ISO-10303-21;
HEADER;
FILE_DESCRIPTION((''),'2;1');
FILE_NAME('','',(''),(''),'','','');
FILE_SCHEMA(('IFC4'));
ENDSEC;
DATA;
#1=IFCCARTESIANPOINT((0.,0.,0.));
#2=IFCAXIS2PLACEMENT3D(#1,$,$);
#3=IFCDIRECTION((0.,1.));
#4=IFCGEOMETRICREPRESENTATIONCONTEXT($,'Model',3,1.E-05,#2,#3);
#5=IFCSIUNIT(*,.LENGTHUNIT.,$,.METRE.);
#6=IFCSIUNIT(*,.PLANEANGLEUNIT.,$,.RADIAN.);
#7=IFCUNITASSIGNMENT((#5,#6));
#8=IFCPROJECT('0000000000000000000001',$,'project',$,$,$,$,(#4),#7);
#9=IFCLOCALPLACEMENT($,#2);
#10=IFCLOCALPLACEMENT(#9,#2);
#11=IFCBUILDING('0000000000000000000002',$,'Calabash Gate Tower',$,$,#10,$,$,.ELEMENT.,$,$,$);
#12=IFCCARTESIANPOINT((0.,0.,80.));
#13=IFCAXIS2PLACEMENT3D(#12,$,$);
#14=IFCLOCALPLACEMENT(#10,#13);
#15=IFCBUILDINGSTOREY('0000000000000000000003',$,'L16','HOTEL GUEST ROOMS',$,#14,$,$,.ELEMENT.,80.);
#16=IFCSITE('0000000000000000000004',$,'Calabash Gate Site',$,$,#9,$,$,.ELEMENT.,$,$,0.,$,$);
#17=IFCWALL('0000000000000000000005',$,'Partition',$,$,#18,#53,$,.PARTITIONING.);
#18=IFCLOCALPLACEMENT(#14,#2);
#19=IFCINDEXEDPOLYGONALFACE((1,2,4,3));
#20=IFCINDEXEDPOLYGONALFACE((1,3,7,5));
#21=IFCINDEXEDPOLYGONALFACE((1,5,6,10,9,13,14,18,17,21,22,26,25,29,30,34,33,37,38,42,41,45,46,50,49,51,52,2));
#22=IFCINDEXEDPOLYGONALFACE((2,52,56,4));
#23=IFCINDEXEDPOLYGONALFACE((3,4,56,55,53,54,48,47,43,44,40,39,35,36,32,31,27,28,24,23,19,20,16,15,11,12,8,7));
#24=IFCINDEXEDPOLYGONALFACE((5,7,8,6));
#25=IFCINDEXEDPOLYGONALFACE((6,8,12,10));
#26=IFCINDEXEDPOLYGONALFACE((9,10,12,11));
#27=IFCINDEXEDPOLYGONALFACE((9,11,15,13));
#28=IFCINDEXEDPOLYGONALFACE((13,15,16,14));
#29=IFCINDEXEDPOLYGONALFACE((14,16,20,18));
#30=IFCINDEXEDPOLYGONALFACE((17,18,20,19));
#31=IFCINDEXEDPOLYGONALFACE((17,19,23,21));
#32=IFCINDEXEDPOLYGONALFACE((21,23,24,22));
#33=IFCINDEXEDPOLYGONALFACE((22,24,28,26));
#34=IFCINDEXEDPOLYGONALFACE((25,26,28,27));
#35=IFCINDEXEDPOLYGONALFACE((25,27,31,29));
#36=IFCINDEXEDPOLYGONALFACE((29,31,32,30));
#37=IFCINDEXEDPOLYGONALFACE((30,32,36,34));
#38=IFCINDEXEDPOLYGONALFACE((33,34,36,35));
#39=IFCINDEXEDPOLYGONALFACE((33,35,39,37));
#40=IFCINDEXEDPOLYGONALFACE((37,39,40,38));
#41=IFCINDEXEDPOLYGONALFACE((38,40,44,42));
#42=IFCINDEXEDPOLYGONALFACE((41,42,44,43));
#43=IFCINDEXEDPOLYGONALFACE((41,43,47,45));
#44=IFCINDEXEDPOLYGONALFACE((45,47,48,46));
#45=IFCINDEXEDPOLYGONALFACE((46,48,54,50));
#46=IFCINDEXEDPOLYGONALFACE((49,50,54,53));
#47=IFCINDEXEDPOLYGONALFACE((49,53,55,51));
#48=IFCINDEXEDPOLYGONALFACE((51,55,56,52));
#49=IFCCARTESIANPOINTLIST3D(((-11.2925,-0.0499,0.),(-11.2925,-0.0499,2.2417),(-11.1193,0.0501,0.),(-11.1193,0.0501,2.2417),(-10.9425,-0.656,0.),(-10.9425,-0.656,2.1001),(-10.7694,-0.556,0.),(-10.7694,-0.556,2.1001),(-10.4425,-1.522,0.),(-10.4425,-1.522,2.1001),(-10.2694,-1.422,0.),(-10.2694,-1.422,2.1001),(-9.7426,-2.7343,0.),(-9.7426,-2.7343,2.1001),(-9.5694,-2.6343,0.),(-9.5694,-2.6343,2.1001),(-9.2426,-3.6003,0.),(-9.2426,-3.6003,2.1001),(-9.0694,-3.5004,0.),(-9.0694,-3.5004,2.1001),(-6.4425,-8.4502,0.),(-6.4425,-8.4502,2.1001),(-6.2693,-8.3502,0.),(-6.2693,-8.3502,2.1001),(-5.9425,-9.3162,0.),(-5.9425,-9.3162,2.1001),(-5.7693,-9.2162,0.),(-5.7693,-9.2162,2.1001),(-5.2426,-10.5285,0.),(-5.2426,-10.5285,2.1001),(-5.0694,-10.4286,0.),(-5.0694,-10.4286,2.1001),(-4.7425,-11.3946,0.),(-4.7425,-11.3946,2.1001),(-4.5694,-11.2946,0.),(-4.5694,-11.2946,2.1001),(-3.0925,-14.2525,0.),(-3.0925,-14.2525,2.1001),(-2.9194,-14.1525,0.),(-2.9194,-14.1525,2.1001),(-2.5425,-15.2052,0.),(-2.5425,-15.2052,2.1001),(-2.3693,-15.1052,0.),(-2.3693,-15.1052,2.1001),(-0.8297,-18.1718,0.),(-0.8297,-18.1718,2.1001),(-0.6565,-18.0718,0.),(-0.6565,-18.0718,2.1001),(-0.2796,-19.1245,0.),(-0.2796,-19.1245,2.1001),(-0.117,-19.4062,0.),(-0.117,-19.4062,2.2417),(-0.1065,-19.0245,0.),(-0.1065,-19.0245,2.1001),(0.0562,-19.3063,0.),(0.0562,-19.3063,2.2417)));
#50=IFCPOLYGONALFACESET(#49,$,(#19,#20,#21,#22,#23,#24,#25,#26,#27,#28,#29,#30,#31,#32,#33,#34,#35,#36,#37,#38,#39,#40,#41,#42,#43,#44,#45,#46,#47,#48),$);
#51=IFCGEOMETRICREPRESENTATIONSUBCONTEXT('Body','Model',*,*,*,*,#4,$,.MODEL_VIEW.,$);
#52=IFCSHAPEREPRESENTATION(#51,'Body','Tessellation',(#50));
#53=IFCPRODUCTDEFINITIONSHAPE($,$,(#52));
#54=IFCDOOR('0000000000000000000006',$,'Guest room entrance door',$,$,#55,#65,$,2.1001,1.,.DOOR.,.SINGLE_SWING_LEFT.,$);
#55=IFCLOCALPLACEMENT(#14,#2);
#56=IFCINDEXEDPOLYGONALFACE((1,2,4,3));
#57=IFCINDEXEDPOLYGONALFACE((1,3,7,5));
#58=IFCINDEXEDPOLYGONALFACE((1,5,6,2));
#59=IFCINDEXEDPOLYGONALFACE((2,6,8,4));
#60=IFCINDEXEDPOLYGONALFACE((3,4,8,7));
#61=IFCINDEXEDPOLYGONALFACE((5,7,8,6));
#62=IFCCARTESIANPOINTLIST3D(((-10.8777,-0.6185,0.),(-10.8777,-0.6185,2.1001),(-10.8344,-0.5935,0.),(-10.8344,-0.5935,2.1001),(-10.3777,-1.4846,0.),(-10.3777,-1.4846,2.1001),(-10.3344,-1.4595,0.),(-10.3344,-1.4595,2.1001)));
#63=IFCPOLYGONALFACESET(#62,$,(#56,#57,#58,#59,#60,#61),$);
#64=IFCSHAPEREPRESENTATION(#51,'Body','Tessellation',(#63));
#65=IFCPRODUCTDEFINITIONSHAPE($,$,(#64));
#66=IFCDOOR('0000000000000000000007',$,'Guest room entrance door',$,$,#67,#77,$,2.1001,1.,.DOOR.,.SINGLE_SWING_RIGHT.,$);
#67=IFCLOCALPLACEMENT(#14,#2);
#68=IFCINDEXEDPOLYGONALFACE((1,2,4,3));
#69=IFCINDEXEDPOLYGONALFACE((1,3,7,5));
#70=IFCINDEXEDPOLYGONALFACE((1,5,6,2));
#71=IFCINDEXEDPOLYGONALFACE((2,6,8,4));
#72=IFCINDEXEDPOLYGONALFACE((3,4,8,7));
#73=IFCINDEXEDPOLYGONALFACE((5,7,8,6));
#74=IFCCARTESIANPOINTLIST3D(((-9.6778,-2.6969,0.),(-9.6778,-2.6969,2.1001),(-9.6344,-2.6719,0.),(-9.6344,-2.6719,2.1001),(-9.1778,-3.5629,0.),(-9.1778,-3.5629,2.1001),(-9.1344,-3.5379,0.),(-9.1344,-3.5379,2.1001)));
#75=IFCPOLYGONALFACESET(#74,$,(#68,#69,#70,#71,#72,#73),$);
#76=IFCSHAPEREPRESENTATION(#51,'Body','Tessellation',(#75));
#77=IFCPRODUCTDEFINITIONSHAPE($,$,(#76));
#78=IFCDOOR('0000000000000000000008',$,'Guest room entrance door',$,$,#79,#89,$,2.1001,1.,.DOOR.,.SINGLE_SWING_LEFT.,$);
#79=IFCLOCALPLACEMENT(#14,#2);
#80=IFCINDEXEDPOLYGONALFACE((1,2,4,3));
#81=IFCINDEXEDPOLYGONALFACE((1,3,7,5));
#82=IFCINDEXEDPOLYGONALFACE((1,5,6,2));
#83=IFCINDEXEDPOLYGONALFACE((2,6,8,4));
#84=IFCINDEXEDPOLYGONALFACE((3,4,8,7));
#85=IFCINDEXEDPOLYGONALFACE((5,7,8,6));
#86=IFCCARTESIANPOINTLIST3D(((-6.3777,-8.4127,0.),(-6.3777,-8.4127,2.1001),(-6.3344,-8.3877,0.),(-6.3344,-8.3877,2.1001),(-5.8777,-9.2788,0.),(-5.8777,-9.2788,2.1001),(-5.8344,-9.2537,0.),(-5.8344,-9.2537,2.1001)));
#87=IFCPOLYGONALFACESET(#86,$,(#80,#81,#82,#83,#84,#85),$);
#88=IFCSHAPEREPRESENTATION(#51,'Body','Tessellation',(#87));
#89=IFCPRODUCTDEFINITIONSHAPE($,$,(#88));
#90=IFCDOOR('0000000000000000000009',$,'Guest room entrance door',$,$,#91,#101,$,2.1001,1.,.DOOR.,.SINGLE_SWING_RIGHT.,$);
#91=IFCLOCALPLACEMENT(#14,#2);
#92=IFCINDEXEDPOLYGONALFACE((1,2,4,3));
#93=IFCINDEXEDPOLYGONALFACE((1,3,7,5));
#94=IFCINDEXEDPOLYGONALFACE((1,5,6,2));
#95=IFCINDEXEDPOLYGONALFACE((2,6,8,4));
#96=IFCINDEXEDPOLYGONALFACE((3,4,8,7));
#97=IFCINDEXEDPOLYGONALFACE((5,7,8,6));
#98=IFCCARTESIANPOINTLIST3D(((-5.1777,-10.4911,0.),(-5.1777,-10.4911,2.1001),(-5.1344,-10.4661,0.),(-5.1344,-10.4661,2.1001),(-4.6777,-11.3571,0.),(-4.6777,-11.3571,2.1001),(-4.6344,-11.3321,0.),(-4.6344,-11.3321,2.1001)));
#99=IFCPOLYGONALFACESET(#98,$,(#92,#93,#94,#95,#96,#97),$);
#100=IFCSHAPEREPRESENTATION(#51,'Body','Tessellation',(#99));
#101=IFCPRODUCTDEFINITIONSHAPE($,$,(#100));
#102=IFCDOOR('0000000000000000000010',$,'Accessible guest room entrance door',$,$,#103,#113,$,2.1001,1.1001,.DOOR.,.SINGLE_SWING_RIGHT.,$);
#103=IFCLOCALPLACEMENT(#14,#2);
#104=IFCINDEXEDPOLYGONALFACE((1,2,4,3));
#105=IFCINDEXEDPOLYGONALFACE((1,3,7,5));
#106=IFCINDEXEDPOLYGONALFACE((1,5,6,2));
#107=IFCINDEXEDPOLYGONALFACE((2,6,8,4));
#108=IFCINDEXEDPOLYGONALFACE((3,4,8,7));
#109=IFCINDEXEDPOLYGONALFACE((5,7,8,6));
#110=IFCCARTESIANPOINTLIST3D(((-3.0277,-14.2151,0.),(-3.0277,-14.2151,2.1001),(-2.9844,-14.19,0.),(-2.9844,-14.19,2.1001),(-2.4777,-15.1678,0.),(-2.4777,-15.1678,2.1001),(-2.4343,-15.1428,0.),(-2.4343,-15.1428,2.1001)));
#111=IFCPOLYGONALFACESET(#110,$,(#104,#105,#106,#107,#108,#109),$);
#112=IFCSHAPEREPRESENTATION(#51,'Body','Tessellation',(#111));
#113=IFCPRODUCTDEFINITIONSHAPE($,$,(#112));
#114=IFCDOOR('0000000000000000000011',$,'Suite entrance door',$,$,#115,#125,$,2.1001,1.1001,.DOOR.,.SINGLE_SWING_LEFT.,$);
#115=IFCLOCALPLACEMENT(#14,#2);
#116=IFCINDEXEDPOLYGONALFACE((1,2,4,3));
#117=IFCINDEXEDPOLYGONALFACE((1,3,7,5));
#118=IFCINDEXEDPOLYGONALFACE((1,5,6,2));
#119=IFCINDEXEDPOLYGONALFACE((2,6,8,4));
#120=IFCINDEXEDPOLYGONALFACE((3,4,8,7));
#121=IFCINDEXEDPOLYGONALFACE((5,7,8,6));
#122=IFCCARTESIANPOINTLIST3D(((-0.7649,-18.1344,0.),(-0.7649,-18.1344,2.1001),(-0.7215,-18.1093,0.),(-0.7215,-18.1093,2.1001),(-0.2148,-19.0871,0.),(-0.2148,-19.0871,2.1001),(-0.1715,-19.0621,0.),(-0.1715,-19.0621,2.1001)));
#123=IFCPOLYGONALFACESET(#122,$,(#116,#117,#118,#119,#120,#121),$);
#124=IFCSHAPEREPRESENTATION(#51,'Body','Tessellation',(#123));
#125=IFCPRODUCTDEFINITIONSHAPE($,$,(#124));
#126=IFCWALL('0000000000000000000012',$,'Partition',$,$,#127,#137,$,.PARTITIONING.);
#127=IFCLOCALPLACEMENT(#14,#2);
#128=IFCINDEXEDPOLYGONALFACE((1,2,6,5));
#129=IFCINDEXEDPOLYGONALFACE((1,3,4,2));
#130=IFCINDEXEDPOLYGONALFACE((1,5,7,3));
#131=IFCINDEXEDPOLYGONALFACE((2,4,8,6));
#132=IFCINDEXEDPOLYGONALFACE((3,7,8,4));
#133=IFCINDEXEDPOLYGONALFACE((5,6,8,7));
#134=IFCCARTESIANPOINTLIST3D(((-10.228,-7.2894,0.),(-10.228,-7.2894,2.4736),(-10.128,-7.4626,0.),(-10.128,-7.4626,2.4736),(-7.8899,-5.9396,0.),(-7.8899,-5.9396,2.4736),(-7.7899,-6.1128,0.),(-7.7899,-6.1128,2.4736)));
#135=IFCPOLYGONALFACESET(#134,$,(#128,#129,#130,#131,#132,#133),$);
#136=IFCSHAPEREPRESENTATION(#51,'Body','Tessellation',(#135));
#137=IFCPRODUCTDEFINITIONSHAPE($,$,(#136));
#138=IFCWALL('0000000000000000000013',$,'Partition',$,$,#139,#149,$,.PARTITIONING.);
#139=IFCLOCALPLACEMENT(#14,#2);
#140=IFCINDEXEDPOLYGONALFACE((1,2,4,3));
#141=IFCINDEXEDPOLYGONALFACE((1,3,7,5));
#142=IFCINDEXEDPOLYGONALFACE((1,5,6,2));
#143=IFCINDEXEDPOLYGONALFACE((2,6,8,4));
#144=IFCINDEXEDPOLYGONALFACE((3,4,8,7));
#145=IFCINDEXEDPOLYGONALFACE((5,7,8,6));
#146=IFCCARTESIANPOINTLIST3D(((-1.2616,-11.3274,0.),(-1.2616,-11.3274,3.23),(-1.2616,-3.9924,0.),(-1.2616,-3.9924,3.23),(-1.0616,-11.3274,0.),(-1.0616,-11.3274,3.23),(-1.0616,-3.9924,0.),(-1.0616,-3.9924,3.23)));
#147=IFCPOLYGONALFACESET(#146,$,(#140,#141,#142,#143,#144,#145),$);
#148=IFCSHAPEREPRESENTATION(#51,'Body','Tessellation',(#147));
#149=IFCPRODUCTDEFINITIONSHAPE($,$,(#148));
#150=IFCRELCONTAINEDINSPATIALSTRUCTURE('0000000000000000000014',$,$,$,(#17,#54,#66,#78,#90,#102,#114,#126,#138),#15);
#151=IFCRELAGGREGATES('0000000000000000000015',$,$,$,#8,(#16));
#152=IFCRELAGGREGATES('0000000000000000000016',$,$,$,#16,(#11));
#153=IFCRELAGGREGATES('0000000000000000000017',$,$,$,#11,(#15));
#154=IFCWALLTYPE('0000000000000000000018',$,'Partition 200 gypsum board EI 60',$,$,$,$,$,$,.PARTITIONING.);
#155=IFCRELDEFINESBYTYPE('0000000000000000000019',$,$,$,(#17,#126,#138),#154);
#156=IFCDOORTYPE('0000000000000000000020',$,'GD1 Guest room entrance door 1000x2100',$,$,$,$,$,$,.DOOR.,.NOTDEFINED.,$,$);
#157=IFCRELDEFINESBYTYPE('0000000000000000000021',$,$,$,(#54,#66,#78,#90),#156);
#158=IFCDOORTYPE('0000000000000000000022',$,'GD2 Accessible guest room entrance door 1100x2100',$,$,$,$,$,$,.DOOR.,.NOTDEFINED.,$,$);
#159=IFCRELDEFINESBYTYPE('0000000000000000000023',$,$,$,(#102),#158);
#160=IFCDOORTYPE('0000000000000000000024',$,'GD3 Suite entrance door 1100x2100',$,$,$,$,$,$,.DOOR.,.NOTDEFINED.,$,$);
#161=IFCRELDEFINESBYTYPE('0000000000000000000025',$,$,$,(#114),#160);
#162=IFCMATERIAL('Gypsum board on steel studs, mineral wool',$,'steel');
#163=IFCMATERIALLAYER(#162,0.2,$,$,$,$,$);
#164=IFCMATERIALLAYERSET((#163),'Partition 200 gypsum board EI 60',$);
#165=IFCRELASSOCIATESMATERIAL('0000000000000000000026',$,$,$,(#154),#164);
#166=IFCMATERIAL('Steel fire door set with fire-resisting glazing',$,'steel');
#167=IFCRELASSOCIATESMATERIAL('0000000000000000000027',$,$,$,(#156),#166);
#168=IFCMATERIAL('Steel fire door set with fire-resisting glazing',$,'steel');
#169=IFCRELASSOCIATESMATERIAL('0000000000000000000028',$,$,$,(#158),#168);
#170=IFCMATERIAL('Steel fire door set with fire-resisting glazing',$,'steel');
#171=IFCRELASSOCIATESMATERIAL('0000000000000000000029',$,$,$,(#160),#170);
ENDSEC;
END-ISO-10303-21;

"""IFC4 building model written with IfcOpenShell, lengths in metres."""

from ifc_helpers import new_model, si_unit, direction, frame, frame_2d, origin, place, context, subcontext, project, spatial, rectangle, extrude, material, layer, layer_set, type_object, element, fill, save


model = new_model("IFC4")

# Units and contexts
model_context = context("Model", 3, precision=1e-05, world=origin(), true_north=direction((0.0, 1.0)))
body_context = subcontext(model_context, "Body", "Model", "MODEL_VIEW")
ifc_project = project(units=[si_unit("LENGTHUNIT", "METRE"), si_unit("PLANEANGLEUNIT", "RADIAN")], contexts=[model_context])

# Site, building, storey
site_placement = place(None, origin())
site = spatial("IfcSite", under=ifc_project, at=site_placement, Name="Calabash Gate Site", CompositionType="ELEMENT", RefElevation=0.0)
building_placement = place(site_placement, origin())
building = spatial("IfcBuilding", under=site, at=building_placement, Name="Calabash Gate Tower", CompositionType="ELEMENT")
storey_placement = place(building_placement, frame((0.0, 0.0, 80.0)))
storey = spatial("IfcBuildingStorey", under=building, at=storey_placement, Name="L16", Description="HOTEL GUEST ROOMS", CompositionType="ELEMENT", Elevation=80.0)

# Wall, openings, doors
ifc_material_1 = material(Name="Gypsum board on steel studs, mineral wool", Category="steel")
ifc_layer_1 = layer(ifc_material_1, 0.2)
ifc_layer_set_1 = layer_set([ifc_layer_1], Name="Partition 200 gypsum board EI 60")
wall_type_1 = type_object("IfcWallType", Name="Partition 200 gypsum board EI 60", PredefinedType="PARTITIONING", material=ifc_layer_set_1)
wall_1_placement = place(storey_placement, frame((-11.2058, 0.0, 0.0), z_axis=(0.0, 0.0, 1.0), x_axis=(0.500003, -0.866024, 0.0)))
wall_1 = element("IfcWall", 1, at=wall_1_placement, inside=storey, type_object=wall_type_1, Name="Partition", PredefinedType="PARTITIONING", context=body_context, shape_type="SweptSolid", body=[
    extrude(rectangle(XDim=22.3508, YDim=0.2, at=frame_2d((11.1753, 0.0))), origin(), (0.0, 0.0, 1.0), 2.2417),
])
opening_1_placement = place(wall_1_placement, frame((0.6997, 0.0, 0.0)))
opening_1 = element("IfcOpeningElement", 2, at=opening_1_placement, cuts=wall_1, PredefinedType="OPENING", context=body_context, shape_type="SweptSolid", body=[
    extrude(rectangle(XDim=1.0, YDim=2.1001, at=frame_2d((0.5, 1.05))), frame((0.0, 0.1099, 0.0), z_axis=(0.0, -1.0, 0.0), x_axis=(1.0, 0.0, 0.0)), (0.0, 0.0, 1.0), 0.22),
])
opening_2_placement = place(wall_1_placement, frame((3.0996, 0.0, 0.0)))
opening_2 = element("IfcOpeningElement", 3, at=opening_2_placement, cuts=wall_1, PredefinedType="OPENING", context=body_context, shape_type="SweptSolid", body=[
    extrude(rectangle(XDim=1.0, YDim=2.1001, at=frame_2d((0.5, 1.05))), frame((0.0, 0.1099, 0.0), z_axis=(0.0, -1.0, 0.0), x_axis=(1.0, 0.0, 0.0)), (0.0, 0.0, 1.0), 0.22),
])
opening_3_placement = place(wall_1_placement, frame((9.6997, 0.0, 0.0)))
opening_3 = element("IfcOpeningElement", 4, at=opening_3_placement, cuts=wall_1, PredefinedType="OPENING", context=body_context, shape_type="SweptSolid", body=[
    extrude(rectangle(XDim=1.0, YDim=2.1001, at=frame_2d((0.5, 1.05))), frame((0.0, 0.1099, 0.0), z_axis=(0.0, -1.0, 0.0), x_axis=(1.0, 0.0, 0.0)), (0.0, 0.0, 1.0), 0.22),
])
opening_4_placement = place(wall_1_placement, frame((12.0996, 0.0, 0.0)))
opening_4 = element("IfcOpeningElement", 5, at=opening_4_placement, cuts=wall_1, PredefinedType="OPENING", context=body_context, shape_type="SweptSolid", body=[
    extrude(rectangle(XDim=1.0, YDim=2.1001, at=frame_2d((0.5, 1.05))), frame((0.0, 0.1099, 0.0), z_axis=(0.0, -1.0, 0.0), x_axis=(1.0, 0.0, 0.0)), (0.0, 0.0, 1.0), 0.22),
])
opening_5_placement = place(wall_1_placement, frame((16.3997, 0.0, 0.0)))
opening_5 = element("IfcOpeningElement", 6, at=opening_5_placement, cuts=wall_1, PredefinedType="OPENING", context=body_context, shape_type="SweptSolid", body=[
    extrude(rectangle(XDim=1.1001, YDim=2.1001, at=frame_2d((0.55, 1.05))), frame((0.0, 0.1099, 0.0), z_axis=(0.0, -1.0, 0.0), x_axis=(1.0, 0.0, 0.0)), (0.0, 0.0, 1.0), 0.22),
])
opening_6_placement = place(wall_1_placement, frame((20.9253, 0.0, 0.0)))
opening_6 = element("IfcOpeningElement", 7, at=opening_6_placement, cuts=wall_1, PredefinedType="OPENING", context=body_context, shape_type="SweptSolid", body=[
    extrude(rectangle(XDim=1.1001, YDim=2.1001, at=frame_2d((0.55, 1.05))), frame((0.0, 0.1099, 0.0), z_axis=(0.0, -1.0, 0.0), x_axis=(1.0, 0.0, 0.0)), (0.0, 0.0, 1.0), 0.22),
])
ifc_material_2 = material(Name="Steel fire door set with fire-resisting glazing", Category="steel")
door_type_1 = type_object("IfcDoorType", Name="GD1 Guest room entrance door 1000x2100", OperationType="NOTDEFINED", PredefinedType="DOOR", material=ifc_material_2)
door_1_placement = place(opening_1_placement, origin())
door_1 = element("IfcDoor", 8, at=door_1_placement, inside=storey, type_object=door_type_1, Name="Guest room entrance door", OperationType="SINGLE_SWING_LEFT", OverallHeight=2.1001, OverallWidth=1.0, PredefinedType="DOOR", context=body_context, shape_type="SweptSolid", body=[
    extrude(rectangle(XDim=1.0, YDim=2.1001, at=frame_2d((0.5, 1.05))), frame((0.0, 0.0249, 0.0), z_axis=(0.0, -1.0, 0.0), x_axis=(1.0, 0.0, 0.0)), (0.0, 0.0, 1.0), 0.05),
])
fill(opening_1, door_1)
door_2_placement = place(opening_2_placement, origin())
door_2 = element("IfcDoor", 9, at=door_2_placement, inside=storey, type_object=door_type_1, Name="Guest room entrance door", OperationType="SINGLE_SWING_RIGHT", OverallHeight=2.1001, OverallWidth=1.0, PredefinedType="DOOR", context=body_context, shape_type="SweptSolid", body=[
    extrude(rectangle(XDim=1.0, YDim=2.1001, at=frame_2d((0.5, 1.05))), frame((0.0, 0.0249, 0.0), z_axis=(0.0, -1.0, 0.0), x_axis=(1.0, 0.0, 0.0)), (0.0, 0.0, 1.0), 0.05),
])
fill(opening_2, door_2)
door_3_placement = place(opening_3_placement, origin())
door_3 = element("IfcDoor", 10, at=door_3_placement, inside=storey, type_object=door_type_1, Name="Guest room entrance door", OperationType="SINGLE_SWING_LEFT", OverallHeight=2.1001, OverallWidth=1.0, PredefinedType="DOOR", context=body_context, shape_type="SweptSolid", body=[
    extrude(rectangle(XDim=1.0, YDim=2.1001, at=frame_2d((0.5, 1.05))), frame((0.0, 0.0249, 0.0), z_axis=(0.0, -1.0, 0.0), x_axis=(1.0, 0.0, 0.0)), (0.0, 0.0, 1.0), 0.05),
])
fill(opening_3, door_3)
door_4_placement = place(opening_4_placement, origin())
door_4 = element("IfcDoor", 11, at=door_4_placement, inside=storey, type_object=door_type_1, Name="Guest room entrance door", OperationType="SINGLE_SWING_RIGHT", OverallHeight=2.1001, OverallWidth=1.0, PredefinedType="DOOR", context=body_context, shape_type="SweptSolid", body=[
    extrude(rectangle(XDim=1.0, YDim=2.1001, at=frame_2d((0.5, 1.05))), frame((0.0, 0.0249, 0.0), z_axis=(0.0, -1.0, 0.0), x_axis=(1.0, 0.0, 0.0)), (0.0, 0.0, 1.0), 0.05),
])
fill(opening_4, door_4)
ifc_material_3 = material(Name="Steel fire door set with fire-resisting glazing", Category="steel")
door_type_2 = type_object("IfcDoorType", Name="GD2 Accessible guest room entrance door 1100x2100", OperationType="NOTDEFINED", PredefinedType="DOOR", material=ifc_material_3)
door_5_placement = place(opening_5_placement, origin())
door_5 = element("IfcDoor", 12, at=door_5_placement, inside=storey, type_object=door_type_2, Name="Accessible guest room entrance door", OperationType="SINGLE_SWING_RIGHT", OverallHeight=2.1001, OverallWidth=1.1001, PredefinedType="DOOR", context=body_context, shape_type="SweptSolid", body=[
    extrude(rectangle(XDim=1.1001, YDim=2.1001, at=frame_2d((0.55, 1.05))), frame((0.0, 0.0249, 0.0), z_axis=(0.0, -1.0, 0.0), x_axis=(1.0, 0.0, 0.0)), (0.0, 0.0, 1.0), 0.05),
])
fill(opening_5, door_5)
ifc_material_4 = material(Name="Steel fire door set with fire-resisting glazing", Category="steel")
door_type_3 = type_object("IfcDoorType", Name="GD3 Suite entrance door 1100x2100", OperationType="NOTDEFINED", PredefinedType="DOOR", material=ifc_material_4)
door_6_placement = place(opening_6_placement, origin())
door_6 = element("IfcDoor", 13, at=door_6_placement, inside=storey, type_object=door_type_3, Name="Suite entrance door", OperationType="SINGLE_SWING_LEFT", OverallHeight=2.1001, OverallWidth=1.1001, PredefinedType="DOOR", context=body_context, shape_type="SweptSolid", body=[
    extrude(rectangle(XDim=1.1001, YDim=2.1001, at=frame_2d((0.55, 1.05))), frame((0.0, 0.0249, 0.0), z_axis=(0.0, -1.0, 0.0), x_axis=(1.0, 0.0, 0.0)), (0.0, 0.0, 1.0), 0.05),
])
fill(opening_6, door_6)

# Walls
wall_2_placement = place(storey_placement, frame((-10.178, -7.376, 0.0), z_axis=(0.0, 0.0, 1.0), x_axis=(0.866037, 0.499981, 0.0)))
element("IfcWall", 14, at=wall_2_placement, inside=storey, type_object=wall_type_1, Name="Partition", PredefinedType="PARTITIONING", context=body_context, shape_type="SweptSolid", body=[
    extrude(rectangle(XDim=2.6997, YDim=0.2, at=frame_2d((1.3499, 0.0))), origin(), (0.0, 0.0, 1.0), 2.4736),
])
wall_3_placement = place(storey_placement, frame((-1.1616, -11.3274, 0.0), z_axis=(0.0, 0.0, 1.0), x_axis=(0.0, 1.0, 0.0)))
element("IfcWall", 15, at=wall_3_placement, inside=storey, type_object=wall_type_1, Name="Partition", PredefinedType="PARTITIONING", context=body_context, shape_type="SweptSolid", body=[
    extrude(rectangle(XDim=7.335, YDim=0.2, at=frame_2d((3.6675, 0.0))), origin(), (0.0, 0.0, 1.0), 3.23),
])

save(model, "model.ifc")
